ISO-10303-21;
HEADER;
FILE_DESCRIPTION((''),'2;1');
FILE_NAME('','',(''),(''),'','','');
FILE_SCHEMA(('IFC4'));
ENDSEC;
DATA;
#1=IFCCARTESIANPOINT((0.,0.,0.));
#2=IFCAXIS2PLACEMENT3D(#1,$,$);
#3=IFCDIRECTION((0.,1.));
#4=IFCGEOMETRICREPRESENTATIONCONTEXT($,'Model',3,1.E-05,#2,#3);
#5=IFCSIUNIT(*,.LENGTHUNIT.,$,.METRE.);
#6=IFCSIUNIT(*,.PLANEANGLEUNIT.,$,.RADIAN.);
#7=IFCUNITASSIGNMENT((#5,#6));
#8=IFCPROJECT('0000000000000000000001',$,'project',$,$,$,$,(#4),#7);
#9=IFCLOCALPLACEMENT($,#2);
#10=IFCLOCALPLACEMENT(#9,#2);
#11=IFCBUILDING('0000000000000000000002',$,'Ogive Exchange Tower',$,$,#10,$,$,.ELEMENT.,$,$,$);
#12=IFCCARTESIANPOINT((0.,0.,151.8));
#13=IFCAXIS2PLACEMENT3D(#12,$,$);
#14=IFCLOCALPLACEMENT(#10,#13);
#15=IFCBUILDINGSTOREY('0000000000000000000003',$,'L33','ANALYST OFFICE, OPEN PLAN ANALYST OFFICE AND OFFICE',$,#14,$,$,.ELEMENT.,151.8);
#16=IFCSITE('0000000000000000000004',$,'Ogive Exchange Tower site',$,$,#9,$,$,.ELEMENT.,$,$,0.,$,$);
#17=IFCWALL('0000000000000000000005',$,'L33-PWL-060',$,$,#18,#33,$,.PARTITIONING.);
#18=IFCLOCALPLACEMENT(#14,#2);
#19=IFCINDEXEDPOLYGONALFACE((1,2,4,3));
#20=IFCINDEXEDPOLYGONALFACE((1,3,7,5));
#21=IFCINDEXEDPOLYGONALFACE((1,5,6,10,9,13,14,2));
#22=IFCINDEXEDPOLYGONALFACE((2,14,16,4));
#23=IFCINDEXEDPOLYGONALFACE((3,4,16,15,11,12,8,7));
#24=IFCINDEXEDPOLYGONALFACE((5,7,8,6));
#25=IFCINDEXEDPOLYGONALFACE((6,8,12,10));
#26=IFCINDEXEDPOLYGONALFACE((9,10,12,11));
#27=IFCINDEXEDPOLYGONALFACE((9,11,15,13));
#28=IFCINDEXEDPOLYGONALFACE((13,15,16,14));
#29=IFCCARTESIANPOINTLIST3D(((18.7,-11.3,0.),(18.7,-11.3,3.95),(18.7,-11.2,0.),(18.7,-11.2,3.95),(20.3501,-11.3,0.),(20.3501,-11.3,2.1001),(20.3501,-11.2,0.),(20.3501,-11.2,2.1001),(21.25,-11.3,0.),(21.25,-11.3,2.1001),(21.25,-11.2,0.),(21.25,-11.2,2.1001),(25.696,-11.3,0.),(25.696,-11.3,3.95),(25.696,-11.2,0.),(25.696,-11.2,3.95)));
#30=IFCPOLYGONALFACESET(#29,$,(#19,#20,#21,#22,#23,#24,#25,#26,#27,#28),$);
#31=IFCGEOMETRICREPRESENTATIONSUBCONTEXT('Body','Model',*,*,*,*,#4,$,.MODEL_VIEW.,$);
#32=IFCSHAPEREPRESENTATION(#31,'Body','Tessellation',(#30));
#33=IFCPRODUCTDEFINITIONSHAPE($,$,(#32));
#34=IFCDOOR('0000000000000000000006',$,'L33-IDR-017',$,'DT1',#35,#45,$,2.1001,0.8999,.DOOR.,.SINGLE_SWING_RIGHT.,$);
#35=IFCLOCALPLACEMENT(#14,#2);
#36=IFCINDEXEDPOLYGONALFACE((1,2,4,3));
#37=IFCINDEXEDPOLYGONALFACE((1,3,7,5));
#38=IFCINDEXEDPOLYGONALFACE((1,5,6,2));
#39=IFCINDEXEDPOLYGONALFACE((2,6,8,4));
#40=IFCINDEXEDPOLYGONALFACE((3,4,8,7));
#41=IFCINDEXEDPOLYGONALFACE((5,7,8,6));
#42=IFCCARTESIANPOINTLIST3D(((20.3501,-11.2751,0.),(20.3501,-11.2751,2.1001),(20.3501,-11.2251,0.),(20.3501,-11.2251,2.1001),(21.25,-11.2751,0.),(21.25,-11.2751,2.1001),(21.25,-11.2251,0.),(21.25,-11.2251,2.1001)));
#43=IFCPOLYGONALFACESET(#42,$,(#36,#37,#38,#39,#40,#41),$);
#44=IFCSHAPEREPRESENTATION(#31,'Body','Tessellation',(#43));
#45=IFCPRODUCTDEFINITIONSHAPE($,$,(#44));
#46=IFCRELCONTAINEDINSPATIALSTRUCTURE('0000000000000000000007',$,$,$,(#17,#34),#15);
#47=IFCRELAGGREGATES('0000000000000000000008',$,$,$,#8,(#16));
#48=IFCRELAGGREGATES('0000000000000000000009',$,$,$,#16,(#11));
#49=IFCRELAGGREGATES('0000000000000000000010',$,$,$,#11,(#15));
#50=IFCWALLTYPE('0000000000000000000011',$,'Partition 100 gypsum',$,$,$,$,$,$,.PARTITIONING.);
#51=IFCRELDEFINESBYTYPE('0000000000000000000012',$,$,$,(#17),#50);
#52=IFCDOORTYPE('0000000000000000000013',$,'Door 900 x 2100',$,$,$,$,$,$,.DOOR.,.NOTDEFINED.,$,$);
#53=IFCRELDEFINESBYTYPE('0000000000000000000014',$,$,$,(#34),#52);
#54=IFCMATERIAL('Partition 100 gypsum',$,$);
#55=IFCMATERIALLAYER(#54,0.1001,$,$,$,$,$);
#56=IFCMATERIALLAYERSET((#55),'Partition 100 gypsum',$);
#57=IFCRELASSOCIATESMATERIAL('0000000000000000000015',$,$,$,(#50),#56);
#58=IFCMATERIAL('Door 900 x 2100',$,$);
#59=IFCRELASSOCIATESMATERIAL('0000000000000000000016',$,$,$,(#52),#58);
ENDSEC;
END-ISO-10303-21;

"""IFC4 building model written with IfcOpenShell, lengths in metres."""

from ifc_helpers import new_model, si_unit, direction, frame, frame_2d, origin, place, context, subcontext, project, spatial, rectangle, extrude, material, layer, layer_set, type_object, element, fill, save


model = new_model("IFC4")

# Units and contexts
model_context = context("Model", 3, precision=1e-05, world=origin(), true_north=direction((0.0, 1.0)))
body_context = subcontext(model_context, "Body", "Model", "MODEL_VIEW")
ifc_project = project(units=[si_unit("LENGTHUNIT", "METRE"), si_unit("PLANEANGLEUNIT", "RADIAN")], contexts=[model_context])

# Site, building, storey
site_placement = place(None, origin())
site = spatial("IfcSite", under=ifc_project, at=site_placement, Name="Ogive Exchange Tower site", CompositionType="ELEMENT", RefElevation=0.0)
building_placement = place(site_placement, origin())
building = spatial("IfcBuilding", under=site, at=building_placement, Name="Ogive Exchange Tower", CompositionType="ELEMENT")
storey_placement = place(building_placement, frame((0.0, 0.0, 151.8)))
storey = spatial("IfcBuildingStorey", under=building, at=storey_placement, Name="L33", Description="ANALYST OFFICE, OPEN PLAN ANALYST OFFICE AND OFFICE", CompositionType="ELEMENT", Elevation=151.8)

# Wall, opening, door
ifc_material_1 = material(Name="Partition 100 gypsum")
ifc_layer_1 = layer(ifc_material_1, 0.1001)
ifc_layer_set_1 = layer_set([ifc_layer_1], Name="Partition 100 gypsum")
wall_type_1 = type_object("IfcWallType", Name="Partition 100 gypsum", PredefinedType="PARTITIONING", material=ifc_layer_set_1)
wall_1_placement = place(storey_placement, frame((25.696, -11.25, 0.0), z_axis=(0.0, 0.0, 1.0), x_axis=(-1.0, 0.0, 0.0)))
wall_1 = element("IfcWall", 1, at=wall_1_placement, inside=storey, type_object=wall_type_1, Name="L33-PWL-060", PredefinedType="PARTITIONING", context=body_context, shape_type="SweptSolid", body=[
    extrude(rectangle(XDim=6.9961, YDim=0.1001, at=frame_2d((3.498, 0.0))), origin(), (0.0, 0.0, 1.0), 3.95),
])
opening_1_placement = place(wall_1_placement, frame((4.446, 0.0, 0.0)))
opening_1 = element("IfcOpeningElement", 2, at=opening_1_placement, cuts=wall_1, PredefinedType="OPENING", context=body_context, shape_type="SweptSolid", body=[
    extrude(rectangle(XDim=0.8999, YDim=2.1001, at=frame_2d((0.45, 1.05))), frame((0.0, 0.0601, 0.0), z_axis=(0.0, -1.0, 0.0), x_axis=(1.0, 0.0, 0.0)), (0.0, 0.0, 1.0), 0.1201),
])
ifc_material_2 = material(Name="Door 900 x 2100")
door_type_1 = type_object("IfcDoorType", Name="Door 900 x 2100", OperationType="NOTDEFINED", PredefinedType="DOOR", material=ifc_material_2)
door_1_placement = place(opening_1_placement, frame((0.8999, 0.0, 0.0), z_axis=(0.0, 0.0, 1.0), x_axis=(-1.0, 0.0, 0.0)))
door_1 = element("IfcDoor", 3, at=door_1_placement, inside=storey, type_object=door_type_1, Name="L33-IDR-017", ObjectType="DT1", OperationType="SINGLE_SWING_RIGHT", OverallHeight=2.1001, OverallWidth=0.8999, PredefinedType="DOOR", context=body_context, shape_type="SweptSolid", body=[
    extrude(rectangle(XDim=0.8999, YDim=2.1001, at=frame_2d((0.45, 1.05))), frame((0.0, 0.0249, 0.0), z_axis=(0.0, -1.0, 0.0), x_axis=(1.0, 0.0, 0.0)), (0.0, 0.0, 1.0), 0.05),
])
fill(opening_1, door_1)

save(model, "model.ifc")
